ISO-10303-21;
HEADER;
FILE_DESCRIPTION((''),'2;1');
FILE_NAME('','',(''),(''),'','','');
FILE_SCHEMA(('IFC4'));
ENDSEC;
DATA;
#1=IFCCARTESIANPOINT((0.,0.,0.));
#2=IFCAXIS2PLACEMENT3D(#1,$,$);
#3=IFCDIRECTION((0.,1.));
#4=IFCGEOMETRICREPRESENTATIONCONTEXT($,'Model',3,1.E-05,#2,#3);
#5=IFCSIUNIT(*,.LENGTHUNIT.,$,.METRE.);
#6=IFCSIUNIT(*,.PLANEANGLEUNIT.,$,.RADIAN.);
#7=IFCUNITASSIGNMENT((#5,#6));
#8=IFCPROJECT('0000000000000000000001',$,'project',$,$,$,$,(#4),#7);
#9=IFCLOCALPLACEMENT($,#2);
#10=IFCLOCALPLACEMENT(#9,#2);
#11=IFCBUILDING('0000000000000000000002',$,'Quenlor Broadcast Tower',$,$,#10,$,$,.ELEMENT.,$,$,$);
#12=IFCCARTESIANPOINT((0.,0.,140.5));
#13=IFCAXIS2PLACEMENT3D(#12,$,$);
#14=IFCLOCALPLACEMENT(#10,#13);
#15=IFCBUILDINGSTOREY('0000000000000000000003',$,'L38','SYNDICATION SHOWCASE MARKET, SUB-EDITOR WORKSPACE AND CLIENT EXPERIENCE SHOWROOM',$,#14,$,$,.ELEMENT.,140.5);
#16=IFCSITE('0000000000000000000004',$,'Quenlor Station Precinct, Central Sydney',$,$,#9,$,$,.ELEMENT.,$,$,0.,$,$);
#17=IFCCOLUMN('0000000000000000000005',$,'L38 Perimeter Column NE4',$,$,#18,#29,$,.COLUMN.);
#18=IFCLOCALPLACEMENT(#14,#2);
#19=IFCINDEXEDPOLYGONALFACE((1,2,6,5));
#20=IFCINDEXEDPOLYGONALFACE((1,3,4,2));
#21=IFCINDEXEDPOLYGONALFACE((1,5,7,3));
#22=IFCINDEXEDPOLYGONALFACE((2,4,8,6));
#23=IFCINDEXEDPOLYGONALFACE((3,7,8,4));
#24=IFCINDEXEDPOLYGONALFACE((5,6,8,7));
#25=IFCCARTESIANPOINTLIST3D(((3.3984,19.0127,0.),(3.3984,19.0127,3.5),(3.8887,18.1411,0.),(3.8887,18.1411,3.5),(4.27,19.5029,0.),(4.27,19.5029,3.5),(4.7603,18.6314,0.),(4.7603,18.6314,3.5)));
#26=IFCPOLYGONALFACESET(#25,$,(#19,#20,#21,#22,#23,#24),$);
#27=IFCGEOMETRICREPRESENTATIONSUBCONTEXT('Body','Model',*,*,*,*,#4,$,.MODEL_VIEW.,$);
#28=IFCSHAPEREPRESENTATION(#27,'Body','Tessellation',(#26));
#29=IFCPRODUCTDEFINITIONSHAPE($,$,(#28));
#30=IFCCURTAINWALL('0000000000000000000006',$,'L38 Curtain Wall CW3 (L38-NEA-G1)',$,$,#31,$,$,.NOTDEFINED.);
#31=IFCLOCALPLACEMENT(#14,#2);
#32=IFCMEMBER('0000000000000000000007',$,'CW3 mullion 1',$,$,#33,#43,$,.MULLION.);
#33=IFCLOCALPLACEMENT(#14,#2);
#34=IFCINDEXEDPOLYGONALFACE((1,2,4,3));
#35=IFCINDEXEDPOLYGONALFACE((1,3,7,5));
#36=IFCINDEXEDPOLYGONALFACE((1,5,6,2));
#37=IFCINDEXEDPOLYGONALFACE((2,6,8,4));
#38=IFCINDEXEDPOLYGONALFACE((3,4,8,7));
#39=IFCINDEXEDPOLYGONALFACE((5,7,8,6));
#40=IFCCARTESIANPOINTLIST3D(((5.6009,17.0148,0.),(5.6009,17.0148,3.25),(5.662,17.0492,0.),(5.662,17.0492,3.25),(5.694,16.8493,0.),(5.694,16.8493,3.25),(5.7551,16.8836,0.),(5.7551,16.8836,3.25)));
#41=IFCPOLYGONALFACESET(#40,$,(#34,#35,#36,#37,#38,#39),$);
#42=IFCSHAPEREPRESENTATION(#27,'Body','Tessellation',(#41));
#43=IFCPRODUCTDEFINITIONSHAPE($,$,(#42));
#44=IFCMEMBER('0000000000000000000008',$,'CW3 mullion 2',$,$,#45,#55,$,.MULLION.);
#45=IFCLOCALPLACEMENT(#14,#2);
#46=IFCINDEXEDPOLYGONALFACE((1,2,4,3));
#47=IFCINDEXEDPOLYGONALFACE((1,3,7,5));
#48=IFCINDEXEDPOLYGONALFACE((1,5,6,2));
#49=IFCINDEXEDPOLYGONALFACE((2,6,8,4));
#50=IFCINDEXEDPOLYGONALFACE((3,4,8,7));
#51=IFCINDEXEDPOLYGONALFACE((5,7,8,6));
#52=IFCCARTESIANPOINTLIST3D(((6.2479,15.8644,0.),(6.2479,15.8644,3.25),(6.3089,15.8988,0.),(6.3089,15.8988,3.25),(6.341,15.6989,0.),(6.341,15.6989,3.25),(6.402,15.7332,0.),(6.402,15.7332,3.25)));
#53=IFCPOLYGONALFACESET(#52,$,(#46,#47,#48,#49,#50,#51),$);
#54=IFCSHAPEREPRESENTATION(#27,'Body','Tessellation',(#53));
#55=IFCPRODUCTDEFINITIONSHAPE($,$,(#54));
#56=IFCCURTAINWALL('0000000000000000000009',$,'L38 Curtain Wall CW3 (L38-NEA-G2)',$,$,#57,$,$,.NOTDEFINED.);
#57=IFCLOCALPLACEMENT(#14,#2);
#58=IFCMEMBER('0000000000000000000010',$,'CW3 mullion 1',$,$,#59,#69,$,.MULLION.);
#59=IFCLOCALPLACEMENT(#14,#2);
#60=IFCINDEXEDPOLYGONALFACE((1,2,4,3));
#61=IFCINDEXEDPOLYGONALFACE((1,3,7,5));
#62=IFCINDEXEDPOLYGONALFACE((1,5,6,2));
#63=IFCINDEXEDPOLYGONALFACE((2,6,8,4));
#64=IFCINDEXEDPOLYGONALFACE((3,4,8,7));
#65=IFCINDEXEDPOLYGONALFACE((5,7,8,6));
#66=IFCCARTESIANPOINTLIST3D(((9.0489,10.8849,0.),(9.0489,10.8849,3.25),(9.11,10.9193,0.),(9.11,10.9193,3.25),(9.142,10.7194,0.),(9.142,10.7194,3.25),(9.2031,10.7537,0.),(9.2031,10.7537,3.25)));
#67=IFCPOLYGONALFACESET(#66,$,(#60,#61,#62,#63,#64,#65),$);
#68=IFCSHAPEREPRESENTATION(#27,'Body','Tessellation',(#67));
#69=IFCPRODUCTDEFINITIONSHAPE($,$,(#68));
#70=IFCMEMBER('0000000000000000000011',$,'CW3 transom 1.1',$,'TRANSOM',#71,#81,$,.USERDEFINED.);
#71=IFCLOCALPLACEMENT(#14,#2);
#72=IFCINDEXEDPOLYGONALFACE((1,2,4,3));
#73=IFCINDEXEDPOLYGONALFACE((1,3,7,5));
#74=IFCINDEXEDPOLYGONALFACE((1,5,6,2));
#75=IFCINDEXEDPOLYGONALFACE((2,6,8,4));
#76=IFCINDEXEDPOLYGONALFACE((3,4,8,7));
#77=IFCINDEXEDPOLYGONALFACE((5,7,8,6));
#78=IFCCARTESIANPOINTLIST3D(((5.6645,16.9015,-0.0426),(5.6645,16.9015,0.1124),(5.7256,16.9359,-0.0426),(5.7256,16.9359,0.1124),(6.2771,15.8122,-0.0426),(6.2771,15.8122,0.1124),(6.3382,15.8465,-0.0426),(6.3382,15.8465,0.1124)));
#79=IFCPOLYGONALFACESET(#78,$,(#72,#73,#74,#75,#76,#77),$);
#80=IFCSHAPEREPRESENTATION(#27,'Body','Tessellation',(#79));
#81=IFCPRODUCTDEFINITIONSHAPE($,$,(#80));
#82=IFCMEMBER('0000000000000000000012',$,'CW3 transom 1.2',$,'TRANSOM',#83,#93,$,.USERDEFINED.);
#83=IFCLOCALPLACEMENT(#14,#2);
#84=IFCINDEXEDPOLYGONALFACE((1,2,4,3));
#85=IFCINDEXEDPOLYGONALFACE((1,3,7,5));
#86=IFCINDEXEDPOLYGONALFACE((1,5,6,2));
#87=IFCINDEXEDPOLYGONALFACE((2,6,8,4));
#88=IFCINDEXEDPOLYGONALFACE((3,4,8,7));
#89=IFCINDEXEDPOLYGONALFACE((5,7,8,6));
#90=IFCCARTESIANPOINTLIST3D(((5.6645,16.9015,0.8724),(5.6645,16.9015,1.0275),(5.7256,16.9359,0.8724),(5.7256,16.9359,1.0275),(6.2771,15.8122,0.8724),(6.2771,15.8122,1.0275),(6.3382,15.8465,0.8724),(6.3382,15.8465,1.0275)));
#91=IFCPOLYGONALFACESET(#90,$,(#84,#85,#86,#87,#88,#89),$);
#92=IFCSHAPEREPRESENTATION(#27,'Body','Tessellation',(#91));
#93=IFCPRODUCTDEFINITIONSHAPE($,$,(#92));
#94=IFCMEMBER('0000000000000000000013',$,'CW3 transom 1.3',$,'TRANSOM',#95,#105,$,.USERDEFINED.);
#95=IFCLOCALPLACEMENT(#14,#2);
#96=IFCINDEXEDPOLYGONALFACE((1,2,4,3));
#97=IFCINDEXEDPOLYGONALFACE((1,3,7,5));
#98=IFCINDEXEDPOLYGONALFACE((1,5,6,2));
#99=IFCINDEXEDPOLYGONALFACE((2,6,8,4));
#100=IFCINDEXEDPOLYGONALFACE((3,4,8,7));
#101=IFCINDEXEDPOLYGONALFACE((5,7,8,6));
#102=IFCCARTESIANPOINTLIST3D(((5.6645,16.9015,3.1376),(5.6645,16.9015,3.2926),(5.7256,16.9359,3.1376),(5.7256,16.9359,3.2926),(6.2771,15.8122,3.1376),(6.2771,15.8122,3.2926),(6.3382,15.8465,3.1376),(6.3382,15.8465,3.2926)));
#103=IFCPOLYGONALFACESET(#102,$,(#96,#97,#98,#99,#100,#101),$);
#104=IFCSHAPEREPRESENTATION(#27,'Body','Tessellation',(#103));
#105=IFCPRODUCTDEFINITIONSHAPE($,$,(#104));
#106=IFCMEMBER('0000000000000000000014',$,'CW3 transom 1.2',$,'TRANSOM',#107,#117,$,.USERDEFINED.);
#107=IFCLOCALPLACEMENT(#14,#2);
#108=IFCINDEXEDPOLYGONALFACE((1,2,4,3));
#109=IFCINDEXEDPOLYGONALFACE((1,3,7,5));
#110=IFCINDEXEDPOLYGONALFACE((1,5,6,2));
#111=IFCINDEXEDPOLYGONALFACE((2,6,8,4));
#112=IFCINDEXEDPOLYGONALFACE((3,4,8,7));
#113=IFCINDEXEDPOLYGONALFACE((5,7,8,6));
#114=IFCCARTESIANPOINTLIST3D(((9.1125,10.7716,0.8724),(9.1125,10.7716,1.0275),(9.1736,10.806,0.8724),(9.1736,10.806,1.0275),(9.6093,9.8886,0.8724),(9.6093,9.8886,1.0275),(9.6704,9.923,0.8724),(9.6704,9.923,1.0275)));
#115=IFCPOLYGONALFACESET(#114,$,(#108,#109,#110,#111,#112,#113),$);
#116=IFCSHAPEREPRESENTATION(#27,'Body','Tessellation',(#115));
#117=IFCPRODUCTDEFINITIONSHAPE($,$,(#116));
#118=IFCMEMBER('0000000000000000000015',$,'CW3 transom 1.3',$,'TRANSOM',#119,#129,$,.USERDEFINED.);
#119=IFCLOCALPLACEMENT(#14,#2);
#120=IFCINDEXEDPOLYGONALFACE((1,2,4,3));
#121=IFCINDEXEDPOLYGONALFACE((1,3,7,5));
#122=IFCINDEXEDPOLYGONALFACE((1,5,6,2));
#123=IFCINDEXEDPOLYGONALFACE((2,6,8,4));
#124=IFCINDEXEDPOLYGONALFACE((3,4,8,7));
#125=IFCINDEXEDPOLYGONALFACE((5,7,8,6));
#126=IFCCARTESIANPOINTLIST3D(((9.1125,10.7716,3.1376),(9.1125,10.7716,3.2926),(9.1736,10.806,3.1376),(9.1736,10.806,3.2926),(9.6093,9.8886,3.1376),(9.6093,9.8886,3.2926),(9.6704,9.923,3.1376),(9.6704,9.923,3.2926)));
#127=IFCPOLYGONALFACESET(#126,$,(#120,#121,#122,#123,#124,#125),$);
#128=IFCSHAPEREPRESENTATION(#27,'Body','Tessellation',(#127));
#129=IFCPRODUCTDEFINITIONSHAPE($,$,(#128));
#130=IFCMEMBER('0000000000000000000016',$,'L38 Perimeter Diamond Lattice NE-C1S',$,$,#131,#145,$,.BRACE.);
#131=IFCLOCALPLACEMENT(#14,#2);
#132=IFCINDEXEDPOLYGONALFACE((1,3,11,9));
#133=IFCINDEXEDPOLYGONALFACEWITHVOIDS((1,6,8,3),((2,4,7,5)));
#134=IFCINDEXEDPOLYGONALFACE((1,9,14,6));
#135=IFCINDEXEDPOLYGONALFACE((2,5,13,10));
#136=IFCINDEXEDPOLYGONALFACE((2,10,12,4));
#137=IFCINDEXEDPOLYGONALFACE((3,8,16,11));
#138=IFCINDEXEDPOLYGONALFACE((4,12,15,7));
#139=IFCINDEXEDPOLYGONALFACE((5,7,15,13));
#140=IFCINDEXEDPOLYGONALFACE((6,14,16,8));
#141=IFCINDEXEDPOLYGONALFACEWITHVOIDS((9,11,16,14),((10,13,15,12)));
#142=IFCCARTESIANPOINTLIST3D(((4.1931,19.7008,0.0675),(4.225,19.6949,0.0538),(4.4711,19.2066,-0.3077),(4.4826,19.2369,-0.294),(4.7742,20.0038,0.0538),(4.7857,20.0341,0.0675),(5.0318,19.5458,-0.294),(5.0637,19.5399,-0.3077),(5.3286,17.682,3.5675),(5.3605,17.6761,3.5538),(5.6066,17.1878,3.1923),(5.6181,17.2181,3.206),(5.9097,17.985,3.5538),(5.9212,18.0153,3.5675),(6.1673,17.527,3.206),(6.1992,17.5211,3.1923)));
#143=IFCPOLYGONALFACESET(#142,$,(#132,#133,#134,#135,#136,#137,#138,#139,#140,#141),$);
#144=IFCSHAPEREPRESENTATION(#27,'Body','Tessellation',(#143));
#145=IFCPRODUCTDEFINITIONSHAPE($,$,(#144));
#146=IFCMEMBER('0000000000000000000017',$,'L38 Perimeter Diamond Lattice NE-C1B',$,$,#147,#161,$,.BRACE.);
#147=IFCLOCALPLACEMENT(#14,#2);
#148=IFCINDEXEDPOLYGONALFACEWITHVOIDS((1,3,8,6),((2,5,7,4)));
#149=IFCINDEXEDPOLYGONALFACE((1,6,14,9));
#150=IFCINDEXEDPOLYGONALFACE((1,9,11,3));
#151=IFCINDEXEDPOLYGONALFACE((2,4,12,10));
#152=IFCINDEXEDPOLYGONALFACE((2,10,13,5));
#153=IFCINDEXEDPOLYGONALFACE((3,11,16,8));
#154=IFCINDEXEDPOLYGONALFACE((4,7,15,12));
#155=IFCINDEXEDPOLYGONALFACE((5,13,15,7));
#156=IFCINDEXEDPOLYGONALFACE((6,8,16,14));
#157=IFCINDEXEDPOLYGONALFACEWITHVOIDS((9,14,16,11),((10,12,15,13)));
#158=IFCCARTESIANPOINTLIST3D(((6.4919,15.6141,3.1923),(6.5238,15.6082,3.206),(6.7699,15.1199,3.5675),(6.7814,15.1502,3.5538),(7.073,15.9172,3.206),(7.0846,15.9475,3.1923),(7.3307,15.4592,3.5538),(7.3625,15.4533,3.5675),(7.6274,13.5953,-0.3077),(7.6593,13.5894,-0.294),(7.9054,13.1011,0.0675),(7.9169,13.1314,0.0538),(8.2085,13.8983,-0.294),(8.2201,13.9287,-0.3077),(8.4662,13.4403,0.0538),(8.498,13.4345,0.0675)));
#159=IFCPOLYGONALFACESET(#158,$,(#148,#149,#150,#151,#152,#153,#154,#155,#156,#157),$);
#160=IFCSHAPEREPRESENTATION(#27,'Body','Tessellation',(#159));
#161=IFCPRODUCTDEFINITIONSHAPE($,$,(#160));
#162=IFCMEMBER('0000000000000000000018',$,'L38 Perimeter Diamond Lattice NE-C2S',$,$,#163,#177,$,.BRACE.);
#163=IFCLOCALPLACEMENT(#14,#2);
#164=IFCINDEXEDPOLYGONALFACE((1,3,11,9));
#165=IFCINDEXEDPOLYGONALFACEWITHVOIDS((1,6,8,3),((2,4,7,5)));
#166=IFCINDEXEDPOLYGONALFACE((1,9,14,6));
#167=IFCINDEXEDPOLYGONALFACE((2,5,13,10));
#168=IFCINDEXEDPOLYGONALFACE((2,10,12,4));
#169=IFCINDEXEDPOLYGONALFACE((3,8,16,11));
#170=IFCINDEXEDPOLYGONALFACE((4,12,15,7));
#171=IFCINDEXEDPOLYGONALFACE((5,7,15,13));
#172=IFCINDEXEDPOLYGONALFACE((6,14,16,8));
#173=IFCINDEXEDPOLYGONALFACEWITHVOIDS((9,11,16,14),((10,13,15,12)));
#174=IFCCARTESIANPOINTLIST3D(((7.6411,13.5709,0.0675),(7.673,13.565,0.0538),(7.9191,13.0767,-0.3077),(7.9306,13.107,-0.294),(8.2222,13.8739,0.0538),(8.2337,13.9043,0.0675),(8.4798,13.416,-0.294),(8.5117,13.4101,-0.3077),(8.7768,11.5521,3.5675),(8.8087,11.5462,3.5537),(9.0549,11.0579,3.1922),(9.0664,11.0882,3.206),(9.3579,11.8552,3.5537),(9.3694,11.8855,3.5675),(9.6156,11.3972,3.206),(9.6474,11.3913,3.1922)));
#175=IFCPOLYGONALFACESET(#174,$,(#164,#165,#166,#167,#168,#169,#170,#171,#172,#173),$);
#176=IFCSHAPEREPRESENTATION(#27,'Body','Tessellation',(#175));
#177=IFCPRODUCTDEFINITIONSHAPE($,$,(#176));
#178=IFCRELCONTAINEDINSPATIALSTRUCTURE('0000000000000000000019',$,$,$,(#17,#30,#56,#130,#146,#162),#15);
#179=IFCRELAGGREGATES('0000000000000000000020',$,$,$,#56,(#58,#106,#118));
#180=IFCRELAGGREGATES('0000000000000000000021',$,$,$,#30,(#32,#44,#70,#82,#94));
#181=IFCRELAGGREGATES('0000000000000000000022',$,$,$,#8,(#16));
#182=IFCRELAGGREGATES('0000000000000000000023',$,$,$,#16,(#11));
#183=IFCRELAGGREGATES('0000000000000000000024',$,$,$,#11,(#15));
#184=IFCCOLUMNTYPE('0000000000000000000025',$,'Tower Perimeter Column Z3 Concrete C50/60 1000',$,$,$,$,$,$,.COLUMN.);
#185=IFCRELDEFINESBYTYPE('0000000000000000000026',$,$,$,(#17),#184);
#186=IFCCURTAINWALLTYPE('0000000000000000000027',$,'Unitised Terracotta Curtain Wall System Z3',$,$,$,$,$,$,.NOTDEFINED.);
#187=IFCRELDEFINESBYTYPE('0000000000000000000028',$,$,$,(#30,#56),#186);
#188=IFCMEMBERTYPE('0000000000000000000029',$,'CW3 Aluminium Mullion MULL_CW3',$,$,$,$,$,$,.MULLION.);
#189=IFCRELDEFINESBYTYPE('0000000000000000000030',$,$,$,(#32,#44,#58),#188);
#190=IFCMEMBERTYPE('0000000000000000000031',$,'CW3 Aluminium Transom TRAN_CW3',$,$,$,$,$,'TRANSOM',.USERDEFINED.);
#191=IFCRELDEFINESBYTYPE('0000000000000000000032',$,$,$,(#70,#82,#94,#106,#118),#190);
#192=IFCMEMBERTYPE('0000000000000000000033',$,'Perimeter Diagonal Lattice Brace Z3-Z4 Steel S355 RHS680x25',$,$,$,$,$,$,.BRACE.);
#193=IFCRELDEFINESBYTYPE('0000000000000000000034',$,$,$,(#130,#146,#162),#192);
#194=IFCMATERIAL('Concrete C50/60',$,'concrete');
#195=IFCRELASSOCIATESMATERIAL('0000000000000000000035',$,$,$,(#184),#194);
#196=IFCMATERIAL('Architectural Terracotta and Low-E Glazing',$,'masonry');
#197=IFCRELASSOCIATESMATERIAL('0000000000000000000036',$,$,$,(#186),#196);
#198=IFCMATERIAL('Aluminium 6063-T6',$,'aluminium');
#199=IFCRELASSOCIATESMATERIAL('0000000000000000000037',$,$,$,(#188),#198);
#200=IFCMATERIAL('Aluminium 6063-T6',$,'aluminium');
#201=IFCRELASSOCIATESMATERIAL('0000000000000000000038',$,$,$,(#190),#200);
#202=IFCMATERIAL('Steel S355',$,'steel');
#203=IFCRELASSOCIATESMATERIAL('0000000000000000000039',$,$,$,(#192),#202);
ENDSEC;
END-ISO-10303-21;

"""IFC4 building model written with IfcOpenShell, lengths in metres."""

from ifc_helpers import new_model, si_unit, direction, frame, origin, origin_2d, place, context, subcontext, project, spatial, rectangle, hollow_rectangle, extrude, material, material_profile, profile_set, type_object, element, aggregate, save


model = new_model("IFC4")

# Units and contexts
model_context = context("Model", 3, precision=1e-05, world=origin(), true_north=direction((0.0, 1.0)))
body_context = subcontext(model_context, "Body", "Model", "MODEL_VIEW")
ifc_project = project(units=[si_unit("LENGTHUNIT", "METRE"), si_unit("PLANEANGLEUNIT", "RADIAN")], contexts=[model_context])

# Site, building, storey
site_placement = place(None, origin())
site = spatial("IfcSite", under=ifc_project, at=site_placement, Name="Quenlor Station Precinct, Central Sydney", CompositionType="ELEMENT", RefElevation=0.0)
building_placement = place(site_placement, origin())
building = spatial("IfcBuilding", under=site, at=building_placement, Name="Quenlor Broadcast Tower", CompositionType="ELEMENT")
storey_placement = place(building_placement, frame((0.0, 0.0, 140.5)))
storey = spatial("IfcBuildingStorey", under=building, at=storey_placement, Name="L38", Description="SYNDICATION SHOWCASE MARKET, SUB-EDITOR WORKSPACE AND CLIENT EXPERIENCE SHOWROOM", CompositionType="ELEMENT", Elevation=140.5)

# Column
ifc_material_1 = material(Name="Concrete C50/60", Category="concrete")
ifc_material_profile_1 = material_profile(ifc_material_1, rectangle(XDim=1.0, YDim=1.0, at=origin_2d()))
ifc_profile_set_1 = profile_set([ifc_material_profile_1], Name="Concrete C50/60 RC1000x1000")
column_type = type_object("IfcColumnType", Name="Tower Perimeter Column Z3 Concrete C50/60 1000", PredefinedType="COLUMN", material=ifc_profile_set_1)
column_placement = place(storey_placement, frame((4.0793, 18.822, 0.0), z_axis=(0.0, 0.0, 1.0), x_axis=(0.871575, 0.490262, 0.0)))
element("IfcColumn", 1, at=column_placement, inside=storey, type_object=column_type, Name="L38 Perimeter Column NE4", PredefinedType="COLUMN", context=body_context, shape_type="SweptSolid", body=[
    extrude(rectangle(XDim=1.0, YDim=1.0, at=origin_2d()), origin(), (0.0, 0.0, 1.0), 3.5),
])

# Curtain wall, members
ifc_material_2 = material(Name="Architectural Terracotta and Low-E Glazing", Category="masonry")
curtain_wall_type = type_object("IfcCurtainWallType", Name="Unitised Terracotta Curtain Wall System Z3", PredefinedType="NOTDEFINED", material=ifc_material_2)
curtain_wall_1_placement = place(storey_placement, origin())
curtain_wall_1 = element("IfcCurtainWall", 2, at=curtain_wall_1_placement, inside=storey, type_object=curtain_wall_type, Name="L38 Curtain Wall CW3 (L38-NEA-G1)", PredefinedType="NOTDEFINED")
ifc_material_3 = material(Name="Aluminium 6063-T6", Category="aluminium")
ifc_material_profile_2 = material_profile(ifc_material_3, rectangle(XDim=0.0701, YDim=0.1899, at=origin_2d()))
ifc_profile_set_2 = profile_set([ifc_material_profile_2], Name="Aluminium 6063-T6 MULL70x190")
member_type_1 = type_object("IfcMemberType", Name="CW3 Aluminium Mullion MULL_CW3", PredefinedType="MULLION", material=ifc_profile_set_2)
member_1_placement = place(storey_placement, frame((5.678, 16.9492, 0.0), z_axis=(0.0, 0.0, 1.0), x_axis=(0.871593, 0.49023, 0.0)))
member_1 = element("IfcMember", 3, at=member_1_placement, type_object=member_type_1, Name="CW3 mullion 1", PredefinedType="MULLION", context=body_context, shape_type="SweptSolid", body=[
    extrude(rectangle(XDim=0.0701, YDim=0.1899, at=origin_2d()), origin(), (0.0, 0.0, 1.0), 3.25),
])
member_2_placement = place(storey_placement, frame((6.325, 15.7988, 0.0), z_axis=(0.0, 0.0, 1.0), x_axis=(0.871593, 0.49023, 0.0)))
member_2 = element("IfcMember", 4, at=member_2_placement, type_object=member_type_1, Name="CW3 mullion 2", PredefinedType="MULLION", context=body_context, shape_type="SweptSolid", body=[
    extrude(rectangle(XDim=0.0701, YDim=0.1899, at=origin_2d()), origin(), (0.0, 0.0, 1.0), 3.25),
])

# Curtain wall, member
curtain_wall_2_placement = place(storey_placement, origin())
curtain_wall_2 = element("IfcCurtainWall", 5, at=curtain_wall_2_placement, inside=storey, type_object=curtain_wall_type, Name="L38 Curtain Wall CW3 (L38-NEA-G2)", PredefinedType="NOTDEFINED")
member_3_placement = place(storey_placement, frame((9.126, 10.8193, 0.0), z_axis=(0.0, 0.0, 1.0), x_axis=(0.871601, 0.490216, 0.0)))
member_3 = element("IfcMember", 6, at=member_3_placement, type_object=member_type_1, Name="CW3 mullion 1", PredefinedType="MULLION", context=body_context, shape_type="SweptSolid", body=[
    extrude(rectangle(XDim=0.0701, YDim=0.1899, at=origin_2d()), origin(), (0.0, 0.0, 1.0), 3.25),
])

# Members
ifc_material_4 = material(Name="Aluminium 6063-T6", Category="aluminium")
ifc_material_profile_3 = material_profile(ifc_material_4, rectangle(XDim=0.0701, YDim=0.155, at=origin_2d()))
ifc_profile_set_3 = profile_set([ifc_material_profile_3], Name="Aluminium 6063-T6 TRAN70x155")
member_type_2 = type_object("IfcMemberType", Name="CW3 Aluminium Transom TRAN_CW3", ElementType="TRANSOM", PredefinedType="USERDEFINED", material=ifc_profile_set_3)
member_4_placement = place(storey_placement, frame((5.6951, 16.9187, 0.0349), z_axis=(0.490131, -0.871649, 0.0), x_axis=(0.871649, 0.490131, 0.0)))
member_4 = element("IfcMember", 7, at=member_4_placement, type_object=member_type_2, Name="CW3 transom 1.1", ObjectType="TRANSOM", PredefinedType="USERDEFINED", context=body_context, shape_type="SweptSolid", body=[
    extrude(rectangle(XDim=0.0701, YDim=0.155, at=origin_2d()), origin(), (0.0, 0.0, 1.0), 1.2498),
])
member_5_placement = place(storey_placement, frame((5.6951, 16.9187, 0.95), z_axis=(0.490131, -0.871649, 0.0), x_axis=(0.871649, 0.490131, 0.0)))
member_5 = element("IfcMember", 8, at=member_5_placement, type_object=member_type_2, Name="CW3 transom 1.2", ObjectType="TRANSOM", PredefinedType="USERDEFINED", context=body_context, shape_type="SweptSolid", body=[
    extrude(rectangle(XDim=0.0701, YDim=0.155, at=origin_2d()), origin(), (0.0, 0.0, 1.0), 1.2498),
])
member_6_placement = place(storey_placement, frame((5.6951, 16.9187, 3.2151), z_axis=(0.490131, -0.871649, 0.0), x_axis=(0.871649, 0.490131, 0.0)))
member_6 = element("IfcMember", 9, at=member_6_placement, type_object=member_type_2, Name="CW3 transom 1.3", ObjectType="TRANSOM", PredefinedType="USERDEFINED", context=body_context, shape_type="SweptSolid", body=[
    extrude(rectangle(XDim=0.0701, YDim=0.155, at=origin_2d()), origin(), (0.0, 0.0, 1.0), 1.2498),
])
member_7_placement = place(storey_placement, frame((9.1431, 10.7888, 0.95), z_axis=(0.490341, -0.87153, 0.0), x_axis=(0.87153, 0.490341, 0.0)))
member_7 = element("IfcMember", 10, at=member_7_placement, type_object=member_type_2, Name="CW3 transom 1.2", ObjectType="TRANSOM", PredefinedType="USERDEFINED", context=body_context, shape_type="SweptSolid", body=[
    extrude(rectangle(XDim=0.0701, YDim=0.155, at=origin_2d()), origin(), (0.0, 0.0, 1.0), 1.0132),
])
member_8_placement = place(storey_placement, frame((9.1431, 10.7888, 3.2151), z_axis=(0.490341, -0.87153, 0.0), x_axis=(0.87153, 0.490341, 0.0)))
member_8 = element("IfcMember", 11, at=member_8_placement, type_object=member_type_2, Name="CW3 transom 1.3", ObjectType="TRANSOM", PredefinedType="USERDEFINED", context=body_context, shape_type="SweptSolid", body=[
    extrude(rectangle(XDim=0.0701, YDim=0.155, at=origin_2d()), origin(), (0.0, 0.0, 1.0), 1.0132),
])
aggregate(curtain_wall_2, [member_3, member_7, member_8])

# Members
ifc_material_5 = material(Name="Steel S355", Category="steel")
ifc_material_profile_4 = material_profile(ifc_material_5, hollow_rectangle(XDim=0.6799, YDim=0.6799, WallThickness=0.0249, at=origin_2d()))
ifc_profile_set_4 = profile_set([ifc_material_profile_4], Name="Steel S355 RHS680x680x25")
member_type_3 = type_object("IfcMemberType", Name="Perimeter Diagonal Lattice Brace Z3-Z4 Steel S355 RHS680x25", PredefinedType="BRACE", material=ifc_profile_set_4)
for number, where, z_axis, x_axis, name in (
    (12, (4.6284, 19.6204, -0.1201), (0.270549, -0.481009, 0.833927), (0.87159, 0.490236, 0.0), "L38 Perimeter Diamond Lattice NE-C1S"),
    (13, (8.0627, 13.5149, -0.1201), (-0.270549, 0.481009, 0.833927), (-0.87159, -0.490236, 0.0), "L38 Perimeter Diamond Lattice NE-C1B"),
    (14, (8.0764, 13.4905, -0.1201), (0.270603, -0.481001, 0.833914), (0.871545, 0.490316, 0.0), "L38 Perimeter Diamond Lattice NE-C2S"),
):
    element("IfcMember", number, at=place(storey_placement, frame(where, z_axis=z_axis, x_axis=x_axis)), inside=storey, type_object=member_type_3, Name=name, PredefinedType="BRACE", context=body_context, shape_type="SweptSolid", body=[
        extrude(hollow_rectangle(XDim=0.6799, YDim=0.6799, WallThickness=0.0249, at=origin_2d()), origin(), (0.0, 0.0, 1.0), 4.197),
    ])

aggregate(curtain_wall_1, [member_1, member_2, member_4, member_5, member_6])

save(model, "model.ifc")
